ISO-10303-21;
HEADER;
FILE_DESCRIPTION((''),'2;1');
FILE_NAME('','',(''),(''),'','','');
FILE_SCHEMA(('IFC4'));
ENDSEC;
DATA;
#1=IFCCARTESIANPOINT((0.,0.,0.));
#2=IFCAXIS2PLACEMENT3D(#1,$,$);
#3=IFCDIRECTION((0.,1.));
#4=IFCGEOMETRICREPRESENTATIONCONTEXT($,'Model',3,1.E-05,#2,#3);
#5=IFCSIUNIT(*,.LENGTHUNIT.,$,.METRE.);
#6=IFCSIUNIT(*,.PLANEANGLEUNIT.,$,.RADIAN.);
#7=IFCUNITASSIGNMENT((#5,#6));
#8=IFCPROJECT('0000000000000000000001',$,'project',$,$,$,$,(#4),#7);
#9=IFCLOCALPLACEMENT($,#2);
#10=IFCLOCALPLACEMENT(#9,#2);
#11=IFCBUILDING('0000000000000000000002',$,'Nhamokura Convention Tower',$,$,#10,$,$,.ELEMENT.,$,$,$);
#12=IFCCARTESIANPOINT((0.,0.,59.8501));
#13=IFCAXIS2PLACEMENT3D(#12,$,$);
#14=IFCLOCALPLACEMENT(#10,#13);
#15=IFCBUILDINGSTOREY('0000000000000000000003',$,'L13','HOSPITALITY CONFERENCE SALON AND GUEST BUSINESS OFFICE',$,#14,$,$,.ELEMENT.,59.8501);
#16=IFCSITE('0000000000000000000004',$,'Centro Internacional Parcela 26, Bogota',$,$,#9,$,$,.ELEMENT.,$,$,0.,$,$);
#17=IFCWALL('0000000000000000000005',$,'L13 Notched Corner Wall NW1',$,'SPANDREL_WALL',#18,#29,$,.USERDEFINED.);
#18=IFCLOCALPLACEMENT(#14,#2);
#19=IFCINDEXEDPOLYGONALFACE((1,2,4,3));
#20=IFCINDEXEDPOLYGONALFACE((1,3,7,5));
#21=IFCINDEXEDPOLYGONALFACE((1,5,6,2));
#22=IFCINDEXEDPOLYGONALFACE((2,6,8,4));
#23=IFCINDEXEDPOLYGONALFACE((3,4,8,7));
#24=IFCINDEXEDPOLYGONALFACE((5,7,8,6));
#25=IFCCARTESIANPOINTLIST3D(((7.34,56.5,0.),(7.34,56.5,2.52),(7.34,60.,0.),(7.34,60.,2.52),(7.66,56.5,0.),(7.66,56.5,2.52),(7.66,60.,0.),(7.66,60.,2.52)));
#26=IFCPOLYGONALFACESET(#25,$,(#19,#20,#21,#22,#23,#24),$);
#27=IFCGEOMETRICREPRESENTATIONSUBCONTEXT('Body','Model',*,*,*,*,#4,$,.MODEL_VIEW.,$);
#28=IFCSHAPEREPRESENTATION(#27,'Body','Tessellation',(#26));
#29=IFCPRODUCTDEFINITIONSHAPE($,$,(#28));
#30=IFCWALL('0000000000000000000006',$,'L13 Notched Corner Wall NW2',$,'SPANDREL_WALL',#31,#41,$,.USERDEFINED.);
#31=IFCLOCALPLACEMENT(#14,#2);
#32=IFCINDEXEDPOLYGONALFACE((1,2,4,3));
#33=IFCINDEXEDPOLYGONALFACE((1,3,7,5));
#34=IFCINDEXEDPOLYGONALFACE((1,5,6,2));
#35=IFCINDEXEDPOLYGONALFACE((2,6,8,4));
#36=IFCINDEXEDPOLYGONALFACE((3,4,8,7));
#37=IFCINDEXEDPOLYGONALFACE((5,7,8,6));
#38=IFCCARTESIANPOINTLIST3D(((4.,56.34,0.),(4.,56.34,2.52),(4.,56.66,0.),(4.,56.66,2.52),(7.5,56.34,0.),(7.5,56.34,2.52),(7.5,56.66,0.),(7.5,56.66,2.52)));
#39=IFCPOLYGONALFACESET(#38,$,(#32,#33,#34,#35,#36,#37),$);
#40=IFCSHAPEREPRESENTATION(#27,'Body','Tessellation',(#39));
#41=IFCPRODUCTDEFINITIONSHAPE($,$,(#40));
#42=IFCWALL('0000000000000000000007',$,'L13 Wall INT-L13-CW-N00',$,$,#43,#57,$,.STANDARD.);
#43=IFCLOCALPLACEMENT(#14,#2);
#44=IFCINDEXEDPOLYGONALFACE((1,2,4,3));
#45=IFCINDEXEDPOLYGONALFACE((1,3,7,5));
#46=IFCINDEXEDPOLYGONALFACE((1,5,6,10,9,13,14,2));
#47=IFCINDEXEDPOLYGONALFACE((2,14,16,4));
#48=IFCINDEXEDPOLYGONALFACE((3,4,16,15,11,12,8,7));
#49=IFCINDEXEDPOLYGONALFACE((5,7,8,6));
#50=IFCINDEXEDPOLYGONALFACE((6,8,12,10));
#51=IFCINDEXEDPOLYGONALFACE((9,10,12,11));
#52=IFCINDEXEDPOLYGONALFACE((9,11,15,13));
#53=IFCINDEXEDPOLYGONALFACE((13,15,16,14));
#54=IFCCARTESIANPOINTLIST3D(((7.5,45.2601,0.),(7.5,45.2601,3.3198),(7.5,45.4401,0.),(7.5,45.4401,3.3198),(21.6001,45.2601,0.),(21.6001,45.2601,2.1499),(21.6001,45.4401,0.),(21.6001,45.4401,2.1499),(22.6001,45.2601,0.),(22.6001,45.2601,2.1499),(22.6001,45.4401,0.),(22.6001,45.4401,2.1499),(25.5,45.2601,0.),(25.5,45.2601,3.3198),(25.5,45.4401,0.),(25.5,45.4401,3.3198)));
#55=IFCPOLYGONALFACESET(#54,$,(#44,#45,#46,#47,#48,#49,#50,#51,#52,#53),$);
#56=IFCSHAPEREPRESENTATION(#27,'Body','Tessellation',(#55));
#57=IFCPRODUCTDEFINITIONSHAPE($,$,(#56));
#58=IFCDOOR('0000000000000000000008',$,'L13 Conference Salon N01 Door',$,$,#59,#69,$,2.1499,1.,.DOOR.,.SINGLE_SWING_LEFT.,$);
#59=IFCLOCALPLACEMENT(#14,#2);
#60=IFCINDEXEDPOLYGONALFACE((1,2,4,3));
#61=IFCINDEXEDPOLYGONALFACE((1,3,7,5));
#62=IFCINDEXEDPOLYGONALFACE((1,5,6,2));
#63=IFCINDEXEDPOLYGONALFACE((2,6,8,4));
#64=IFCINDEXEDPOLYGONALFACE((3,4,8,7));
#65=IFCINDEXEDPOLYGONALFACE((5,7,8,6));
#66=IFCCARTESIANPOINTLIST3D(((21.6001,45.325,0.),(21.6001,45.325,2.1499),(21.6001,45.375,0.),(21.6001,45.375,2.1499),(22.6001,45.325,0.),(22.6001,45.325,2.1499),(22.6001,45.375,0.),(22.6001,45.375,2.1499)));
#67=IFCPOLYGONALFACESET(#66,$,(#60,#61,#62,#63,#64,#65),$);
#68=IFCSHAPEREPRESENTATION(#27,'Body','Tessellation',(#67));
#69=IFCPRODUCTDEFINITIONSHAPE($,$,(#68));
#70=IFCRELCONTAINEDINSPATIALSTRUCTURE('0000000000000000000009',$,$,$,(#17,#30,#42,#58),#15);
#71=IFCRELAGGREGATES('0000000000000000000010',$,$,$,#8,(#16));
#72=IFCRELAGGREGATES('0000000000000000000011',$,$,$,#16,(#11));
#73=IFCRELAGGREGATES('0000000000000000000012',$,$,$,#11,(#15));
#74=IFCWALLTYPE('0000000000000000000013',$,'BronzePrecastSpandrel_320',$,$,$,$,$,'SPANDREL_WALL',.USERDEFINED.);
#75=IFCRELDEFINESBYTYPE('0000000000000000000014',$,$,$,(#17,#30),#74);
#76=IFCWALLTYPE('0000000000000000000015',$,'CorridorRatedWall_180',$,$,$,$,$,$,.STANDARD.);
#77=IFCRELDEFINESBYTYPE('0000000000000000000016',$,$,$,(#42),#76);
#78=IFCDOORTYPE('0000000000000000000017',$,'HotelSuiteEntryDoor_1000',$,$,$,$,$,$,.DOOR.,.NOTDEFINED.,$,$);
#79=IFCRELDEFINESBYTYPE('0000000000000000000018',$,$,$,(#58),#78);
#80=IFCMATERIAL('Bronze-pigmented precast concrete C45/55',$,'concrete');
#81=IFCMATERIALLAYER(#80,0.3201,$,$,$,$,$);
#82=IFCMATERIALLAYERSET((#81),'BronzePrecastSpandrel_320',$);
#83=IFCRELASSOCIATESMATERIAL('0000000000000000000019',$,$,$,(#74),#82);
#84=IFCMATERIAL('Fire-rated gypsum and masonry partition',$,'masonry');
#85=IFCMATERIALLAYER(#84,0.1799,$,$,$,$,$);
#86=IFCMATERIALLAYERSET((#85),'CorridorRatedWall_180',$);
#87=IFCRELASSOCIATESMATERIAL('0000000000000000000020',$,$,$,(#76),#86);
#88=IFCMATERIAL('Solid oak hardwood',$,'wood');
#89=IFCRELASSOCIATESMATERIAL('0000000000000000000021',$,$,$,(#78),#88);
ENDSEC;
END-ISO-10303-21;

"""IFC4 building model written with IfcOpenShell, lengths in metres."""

from ifc_helpers import new_model, si_unit, direction, frame, frame_2d, origin, place, context, subcontext, project, spatial, rectangle, extrude, material, layer, layer_set, type_object, element, fill, save


model = new_model("IFC4")

# Units and contexts
model_context = context("Model", 3, precision=1e-05, world=origin(), true_north=direction((0.0, 1.0)))
body_context = subcontext(model_context, "Body", "Model", "MODEL_VIEW")
ifc_project = project(units=[si_unit("LENGTHUNIT", "METRE"), si_unit("PLANEANGLEUNIT", "RADIAN")], contexts=[model_context])

# Site, building, storey
site_placement = place(None, origin())
site = spatial("IfcSite", under=ifc_project, at=site_placement, Name="Centro Internacional Parcela 26, Bogota", CompositionType="ELEMENT", RefElevation=0.0)
building_placement = place(site_placement, origin())
building = spatial("IfcBuilding", under=site, at=building_placement, Name="Nhamokura Convention Tower", CompositionType="ELEMENT")
storey_placement = place(building_placement, frame((0.0, 0.0, 59.8501)))
storey = spatial("IfcBuildingStorey", under=building, at=storey_placement, Name="L13", Description="HOSPITALITY CONFERENCE SALON AND GUEST BUSINESS OFFICE", CompositionType="ELEMENT", Elevation=59.8501)

# Walls
ifc_material_1 = material(Name="Bronze-pigmented precast concrete C45/55", Category="concrete")
ifc_layer_1 = layer(ifc_material_1, 0.3201)
ifc_layer_set_1 = layer_set([ifc_layer_1], Name="BronzePrecastSpandrel_320")
wall_type_1 = type_object("IfcWallType", Name="BronzePrecastSpandrel_320", ElementType="SPANDREL_WALL", PredefinedType="USERDEFINED", material=ifc_layer_set_1)
for number, where, z_axis, x_axis, name in (
    (1, (7.5, 56.5, 0.0), (0.0, 0.0, 1.0), (0.0, 1.0, 0.0), "L13 Notched Corner Wall NW1"),
    (2, (4.0, 56.5, 0.0), (0.0, 0.0, 1.0), (1.0, 0.0, 0.0), "L13 Notched Corner Wall NW2"),
):
    element("IfcWall", number, at=place(storey_placement, frame(where, z_axis=z_axis, x_axis=x_axis)), inside=storey, type_object=wall_type_1, Name=name, ObjectType="SPANDREL_WALL", PredefinedType="USERDEFINED", context=body_context, shape_type="SweptSolid", body=[
        extrude(rectangle(XDim=3.5, YDim=0.3201, at=frame_2d((1.75, 0.0))), origin(), (0.0, 0.0, 1.0), 2.52),
    ])

# Wall, opening, door
ifc_material_2 = material(Name="Fire-rated gypsum and masonry partition", Category="masonry")
ifc_layer_2 = layer(ifc_material_2, 0.1799)
ifc_layer_set_2 = layer_set([ifc_layer_2], Name="CorridorRatedWall_180")
wall_type_2 = type_object("IfcWallType", Name="CorridorRatedWall_180", PredefinedType="STANDARD", material=ifc_layer_set_2)
wall_1_placement = place(storey_placement, frame((7.5, 45.3501, 0.0), z_axis=(0.0, 0.0, 1.0), x_axis=(1.0, 0.0, 0.0)))
wall_1 = element("IfcWall", 3, at=wall_1_placement, inside=storey, type_object=wall_type_2, Name="L13 Wall INT-L13-CW-N00", PredefinedType="STANDARD", context=body_context, shape_type="SweptSolid", body=[
    extrude(rectangle(XDim=18.0, YDim=0.1799, at=frame_2d((9.0, 0.0))), origin(), (0.0, 0.0, 1.0), 3.3198),
])
opening_placement = place(wall_1_placement, frame((14.1001, 0.0, 0.0)))
opening = element("IfcOpeningElement", 4, at=opening_placement, cuts=wall_1, PredefinedType="OPENING", context=body_context, shape_type="SweptSolid", body=[
    extrude(rectangle(XDim=1.0, YDim=2.1499, at=frame_2d((0.5, 1.075))), frame((0.0, 0.0999, 0.0), z_axis=(0.0, -1.0, 0.0), x_axis=(1.0, 0.0, 0.0)), (0.0, 0.0, 1.0), 0.2),
])
ifc_material_3 = material(Name="Solid oak hardwood", Category="wood")
door_type = type_object("IfcDoorType", Name="HotelSuiteEntryDoor_1000", OperationType="NOTDEFINED", PredefinedType="DOOR", material=ifc_material_3)
door_placement = place(opening_placement, origin())
door = element("IfcDoor", 5, at=door_placement, inside=storey, type_object=door_type, Name="L13 Conference Salon N01 Door", OperationType="SINGLE_SWING_LEFT", OverallHeight=2.1499, OverallWidth=1.0, PredefinedType="DOOR", context=body_context, shape_type="SweptSolid", body=[
    extrude(rectangle(XDim=1.0, YDim=2.1499, at=frame_2d((0.5, 1.075))), frame((0.0, 0.0249, 0.0), z_axis=(0.0, -1.0, 0.0), x_axis=(1.0, 0.0, 0.0)), (0.0, 0.0, 1.0), 0.05),
])
fill(opening, door)

save(model, "model.ifc")
